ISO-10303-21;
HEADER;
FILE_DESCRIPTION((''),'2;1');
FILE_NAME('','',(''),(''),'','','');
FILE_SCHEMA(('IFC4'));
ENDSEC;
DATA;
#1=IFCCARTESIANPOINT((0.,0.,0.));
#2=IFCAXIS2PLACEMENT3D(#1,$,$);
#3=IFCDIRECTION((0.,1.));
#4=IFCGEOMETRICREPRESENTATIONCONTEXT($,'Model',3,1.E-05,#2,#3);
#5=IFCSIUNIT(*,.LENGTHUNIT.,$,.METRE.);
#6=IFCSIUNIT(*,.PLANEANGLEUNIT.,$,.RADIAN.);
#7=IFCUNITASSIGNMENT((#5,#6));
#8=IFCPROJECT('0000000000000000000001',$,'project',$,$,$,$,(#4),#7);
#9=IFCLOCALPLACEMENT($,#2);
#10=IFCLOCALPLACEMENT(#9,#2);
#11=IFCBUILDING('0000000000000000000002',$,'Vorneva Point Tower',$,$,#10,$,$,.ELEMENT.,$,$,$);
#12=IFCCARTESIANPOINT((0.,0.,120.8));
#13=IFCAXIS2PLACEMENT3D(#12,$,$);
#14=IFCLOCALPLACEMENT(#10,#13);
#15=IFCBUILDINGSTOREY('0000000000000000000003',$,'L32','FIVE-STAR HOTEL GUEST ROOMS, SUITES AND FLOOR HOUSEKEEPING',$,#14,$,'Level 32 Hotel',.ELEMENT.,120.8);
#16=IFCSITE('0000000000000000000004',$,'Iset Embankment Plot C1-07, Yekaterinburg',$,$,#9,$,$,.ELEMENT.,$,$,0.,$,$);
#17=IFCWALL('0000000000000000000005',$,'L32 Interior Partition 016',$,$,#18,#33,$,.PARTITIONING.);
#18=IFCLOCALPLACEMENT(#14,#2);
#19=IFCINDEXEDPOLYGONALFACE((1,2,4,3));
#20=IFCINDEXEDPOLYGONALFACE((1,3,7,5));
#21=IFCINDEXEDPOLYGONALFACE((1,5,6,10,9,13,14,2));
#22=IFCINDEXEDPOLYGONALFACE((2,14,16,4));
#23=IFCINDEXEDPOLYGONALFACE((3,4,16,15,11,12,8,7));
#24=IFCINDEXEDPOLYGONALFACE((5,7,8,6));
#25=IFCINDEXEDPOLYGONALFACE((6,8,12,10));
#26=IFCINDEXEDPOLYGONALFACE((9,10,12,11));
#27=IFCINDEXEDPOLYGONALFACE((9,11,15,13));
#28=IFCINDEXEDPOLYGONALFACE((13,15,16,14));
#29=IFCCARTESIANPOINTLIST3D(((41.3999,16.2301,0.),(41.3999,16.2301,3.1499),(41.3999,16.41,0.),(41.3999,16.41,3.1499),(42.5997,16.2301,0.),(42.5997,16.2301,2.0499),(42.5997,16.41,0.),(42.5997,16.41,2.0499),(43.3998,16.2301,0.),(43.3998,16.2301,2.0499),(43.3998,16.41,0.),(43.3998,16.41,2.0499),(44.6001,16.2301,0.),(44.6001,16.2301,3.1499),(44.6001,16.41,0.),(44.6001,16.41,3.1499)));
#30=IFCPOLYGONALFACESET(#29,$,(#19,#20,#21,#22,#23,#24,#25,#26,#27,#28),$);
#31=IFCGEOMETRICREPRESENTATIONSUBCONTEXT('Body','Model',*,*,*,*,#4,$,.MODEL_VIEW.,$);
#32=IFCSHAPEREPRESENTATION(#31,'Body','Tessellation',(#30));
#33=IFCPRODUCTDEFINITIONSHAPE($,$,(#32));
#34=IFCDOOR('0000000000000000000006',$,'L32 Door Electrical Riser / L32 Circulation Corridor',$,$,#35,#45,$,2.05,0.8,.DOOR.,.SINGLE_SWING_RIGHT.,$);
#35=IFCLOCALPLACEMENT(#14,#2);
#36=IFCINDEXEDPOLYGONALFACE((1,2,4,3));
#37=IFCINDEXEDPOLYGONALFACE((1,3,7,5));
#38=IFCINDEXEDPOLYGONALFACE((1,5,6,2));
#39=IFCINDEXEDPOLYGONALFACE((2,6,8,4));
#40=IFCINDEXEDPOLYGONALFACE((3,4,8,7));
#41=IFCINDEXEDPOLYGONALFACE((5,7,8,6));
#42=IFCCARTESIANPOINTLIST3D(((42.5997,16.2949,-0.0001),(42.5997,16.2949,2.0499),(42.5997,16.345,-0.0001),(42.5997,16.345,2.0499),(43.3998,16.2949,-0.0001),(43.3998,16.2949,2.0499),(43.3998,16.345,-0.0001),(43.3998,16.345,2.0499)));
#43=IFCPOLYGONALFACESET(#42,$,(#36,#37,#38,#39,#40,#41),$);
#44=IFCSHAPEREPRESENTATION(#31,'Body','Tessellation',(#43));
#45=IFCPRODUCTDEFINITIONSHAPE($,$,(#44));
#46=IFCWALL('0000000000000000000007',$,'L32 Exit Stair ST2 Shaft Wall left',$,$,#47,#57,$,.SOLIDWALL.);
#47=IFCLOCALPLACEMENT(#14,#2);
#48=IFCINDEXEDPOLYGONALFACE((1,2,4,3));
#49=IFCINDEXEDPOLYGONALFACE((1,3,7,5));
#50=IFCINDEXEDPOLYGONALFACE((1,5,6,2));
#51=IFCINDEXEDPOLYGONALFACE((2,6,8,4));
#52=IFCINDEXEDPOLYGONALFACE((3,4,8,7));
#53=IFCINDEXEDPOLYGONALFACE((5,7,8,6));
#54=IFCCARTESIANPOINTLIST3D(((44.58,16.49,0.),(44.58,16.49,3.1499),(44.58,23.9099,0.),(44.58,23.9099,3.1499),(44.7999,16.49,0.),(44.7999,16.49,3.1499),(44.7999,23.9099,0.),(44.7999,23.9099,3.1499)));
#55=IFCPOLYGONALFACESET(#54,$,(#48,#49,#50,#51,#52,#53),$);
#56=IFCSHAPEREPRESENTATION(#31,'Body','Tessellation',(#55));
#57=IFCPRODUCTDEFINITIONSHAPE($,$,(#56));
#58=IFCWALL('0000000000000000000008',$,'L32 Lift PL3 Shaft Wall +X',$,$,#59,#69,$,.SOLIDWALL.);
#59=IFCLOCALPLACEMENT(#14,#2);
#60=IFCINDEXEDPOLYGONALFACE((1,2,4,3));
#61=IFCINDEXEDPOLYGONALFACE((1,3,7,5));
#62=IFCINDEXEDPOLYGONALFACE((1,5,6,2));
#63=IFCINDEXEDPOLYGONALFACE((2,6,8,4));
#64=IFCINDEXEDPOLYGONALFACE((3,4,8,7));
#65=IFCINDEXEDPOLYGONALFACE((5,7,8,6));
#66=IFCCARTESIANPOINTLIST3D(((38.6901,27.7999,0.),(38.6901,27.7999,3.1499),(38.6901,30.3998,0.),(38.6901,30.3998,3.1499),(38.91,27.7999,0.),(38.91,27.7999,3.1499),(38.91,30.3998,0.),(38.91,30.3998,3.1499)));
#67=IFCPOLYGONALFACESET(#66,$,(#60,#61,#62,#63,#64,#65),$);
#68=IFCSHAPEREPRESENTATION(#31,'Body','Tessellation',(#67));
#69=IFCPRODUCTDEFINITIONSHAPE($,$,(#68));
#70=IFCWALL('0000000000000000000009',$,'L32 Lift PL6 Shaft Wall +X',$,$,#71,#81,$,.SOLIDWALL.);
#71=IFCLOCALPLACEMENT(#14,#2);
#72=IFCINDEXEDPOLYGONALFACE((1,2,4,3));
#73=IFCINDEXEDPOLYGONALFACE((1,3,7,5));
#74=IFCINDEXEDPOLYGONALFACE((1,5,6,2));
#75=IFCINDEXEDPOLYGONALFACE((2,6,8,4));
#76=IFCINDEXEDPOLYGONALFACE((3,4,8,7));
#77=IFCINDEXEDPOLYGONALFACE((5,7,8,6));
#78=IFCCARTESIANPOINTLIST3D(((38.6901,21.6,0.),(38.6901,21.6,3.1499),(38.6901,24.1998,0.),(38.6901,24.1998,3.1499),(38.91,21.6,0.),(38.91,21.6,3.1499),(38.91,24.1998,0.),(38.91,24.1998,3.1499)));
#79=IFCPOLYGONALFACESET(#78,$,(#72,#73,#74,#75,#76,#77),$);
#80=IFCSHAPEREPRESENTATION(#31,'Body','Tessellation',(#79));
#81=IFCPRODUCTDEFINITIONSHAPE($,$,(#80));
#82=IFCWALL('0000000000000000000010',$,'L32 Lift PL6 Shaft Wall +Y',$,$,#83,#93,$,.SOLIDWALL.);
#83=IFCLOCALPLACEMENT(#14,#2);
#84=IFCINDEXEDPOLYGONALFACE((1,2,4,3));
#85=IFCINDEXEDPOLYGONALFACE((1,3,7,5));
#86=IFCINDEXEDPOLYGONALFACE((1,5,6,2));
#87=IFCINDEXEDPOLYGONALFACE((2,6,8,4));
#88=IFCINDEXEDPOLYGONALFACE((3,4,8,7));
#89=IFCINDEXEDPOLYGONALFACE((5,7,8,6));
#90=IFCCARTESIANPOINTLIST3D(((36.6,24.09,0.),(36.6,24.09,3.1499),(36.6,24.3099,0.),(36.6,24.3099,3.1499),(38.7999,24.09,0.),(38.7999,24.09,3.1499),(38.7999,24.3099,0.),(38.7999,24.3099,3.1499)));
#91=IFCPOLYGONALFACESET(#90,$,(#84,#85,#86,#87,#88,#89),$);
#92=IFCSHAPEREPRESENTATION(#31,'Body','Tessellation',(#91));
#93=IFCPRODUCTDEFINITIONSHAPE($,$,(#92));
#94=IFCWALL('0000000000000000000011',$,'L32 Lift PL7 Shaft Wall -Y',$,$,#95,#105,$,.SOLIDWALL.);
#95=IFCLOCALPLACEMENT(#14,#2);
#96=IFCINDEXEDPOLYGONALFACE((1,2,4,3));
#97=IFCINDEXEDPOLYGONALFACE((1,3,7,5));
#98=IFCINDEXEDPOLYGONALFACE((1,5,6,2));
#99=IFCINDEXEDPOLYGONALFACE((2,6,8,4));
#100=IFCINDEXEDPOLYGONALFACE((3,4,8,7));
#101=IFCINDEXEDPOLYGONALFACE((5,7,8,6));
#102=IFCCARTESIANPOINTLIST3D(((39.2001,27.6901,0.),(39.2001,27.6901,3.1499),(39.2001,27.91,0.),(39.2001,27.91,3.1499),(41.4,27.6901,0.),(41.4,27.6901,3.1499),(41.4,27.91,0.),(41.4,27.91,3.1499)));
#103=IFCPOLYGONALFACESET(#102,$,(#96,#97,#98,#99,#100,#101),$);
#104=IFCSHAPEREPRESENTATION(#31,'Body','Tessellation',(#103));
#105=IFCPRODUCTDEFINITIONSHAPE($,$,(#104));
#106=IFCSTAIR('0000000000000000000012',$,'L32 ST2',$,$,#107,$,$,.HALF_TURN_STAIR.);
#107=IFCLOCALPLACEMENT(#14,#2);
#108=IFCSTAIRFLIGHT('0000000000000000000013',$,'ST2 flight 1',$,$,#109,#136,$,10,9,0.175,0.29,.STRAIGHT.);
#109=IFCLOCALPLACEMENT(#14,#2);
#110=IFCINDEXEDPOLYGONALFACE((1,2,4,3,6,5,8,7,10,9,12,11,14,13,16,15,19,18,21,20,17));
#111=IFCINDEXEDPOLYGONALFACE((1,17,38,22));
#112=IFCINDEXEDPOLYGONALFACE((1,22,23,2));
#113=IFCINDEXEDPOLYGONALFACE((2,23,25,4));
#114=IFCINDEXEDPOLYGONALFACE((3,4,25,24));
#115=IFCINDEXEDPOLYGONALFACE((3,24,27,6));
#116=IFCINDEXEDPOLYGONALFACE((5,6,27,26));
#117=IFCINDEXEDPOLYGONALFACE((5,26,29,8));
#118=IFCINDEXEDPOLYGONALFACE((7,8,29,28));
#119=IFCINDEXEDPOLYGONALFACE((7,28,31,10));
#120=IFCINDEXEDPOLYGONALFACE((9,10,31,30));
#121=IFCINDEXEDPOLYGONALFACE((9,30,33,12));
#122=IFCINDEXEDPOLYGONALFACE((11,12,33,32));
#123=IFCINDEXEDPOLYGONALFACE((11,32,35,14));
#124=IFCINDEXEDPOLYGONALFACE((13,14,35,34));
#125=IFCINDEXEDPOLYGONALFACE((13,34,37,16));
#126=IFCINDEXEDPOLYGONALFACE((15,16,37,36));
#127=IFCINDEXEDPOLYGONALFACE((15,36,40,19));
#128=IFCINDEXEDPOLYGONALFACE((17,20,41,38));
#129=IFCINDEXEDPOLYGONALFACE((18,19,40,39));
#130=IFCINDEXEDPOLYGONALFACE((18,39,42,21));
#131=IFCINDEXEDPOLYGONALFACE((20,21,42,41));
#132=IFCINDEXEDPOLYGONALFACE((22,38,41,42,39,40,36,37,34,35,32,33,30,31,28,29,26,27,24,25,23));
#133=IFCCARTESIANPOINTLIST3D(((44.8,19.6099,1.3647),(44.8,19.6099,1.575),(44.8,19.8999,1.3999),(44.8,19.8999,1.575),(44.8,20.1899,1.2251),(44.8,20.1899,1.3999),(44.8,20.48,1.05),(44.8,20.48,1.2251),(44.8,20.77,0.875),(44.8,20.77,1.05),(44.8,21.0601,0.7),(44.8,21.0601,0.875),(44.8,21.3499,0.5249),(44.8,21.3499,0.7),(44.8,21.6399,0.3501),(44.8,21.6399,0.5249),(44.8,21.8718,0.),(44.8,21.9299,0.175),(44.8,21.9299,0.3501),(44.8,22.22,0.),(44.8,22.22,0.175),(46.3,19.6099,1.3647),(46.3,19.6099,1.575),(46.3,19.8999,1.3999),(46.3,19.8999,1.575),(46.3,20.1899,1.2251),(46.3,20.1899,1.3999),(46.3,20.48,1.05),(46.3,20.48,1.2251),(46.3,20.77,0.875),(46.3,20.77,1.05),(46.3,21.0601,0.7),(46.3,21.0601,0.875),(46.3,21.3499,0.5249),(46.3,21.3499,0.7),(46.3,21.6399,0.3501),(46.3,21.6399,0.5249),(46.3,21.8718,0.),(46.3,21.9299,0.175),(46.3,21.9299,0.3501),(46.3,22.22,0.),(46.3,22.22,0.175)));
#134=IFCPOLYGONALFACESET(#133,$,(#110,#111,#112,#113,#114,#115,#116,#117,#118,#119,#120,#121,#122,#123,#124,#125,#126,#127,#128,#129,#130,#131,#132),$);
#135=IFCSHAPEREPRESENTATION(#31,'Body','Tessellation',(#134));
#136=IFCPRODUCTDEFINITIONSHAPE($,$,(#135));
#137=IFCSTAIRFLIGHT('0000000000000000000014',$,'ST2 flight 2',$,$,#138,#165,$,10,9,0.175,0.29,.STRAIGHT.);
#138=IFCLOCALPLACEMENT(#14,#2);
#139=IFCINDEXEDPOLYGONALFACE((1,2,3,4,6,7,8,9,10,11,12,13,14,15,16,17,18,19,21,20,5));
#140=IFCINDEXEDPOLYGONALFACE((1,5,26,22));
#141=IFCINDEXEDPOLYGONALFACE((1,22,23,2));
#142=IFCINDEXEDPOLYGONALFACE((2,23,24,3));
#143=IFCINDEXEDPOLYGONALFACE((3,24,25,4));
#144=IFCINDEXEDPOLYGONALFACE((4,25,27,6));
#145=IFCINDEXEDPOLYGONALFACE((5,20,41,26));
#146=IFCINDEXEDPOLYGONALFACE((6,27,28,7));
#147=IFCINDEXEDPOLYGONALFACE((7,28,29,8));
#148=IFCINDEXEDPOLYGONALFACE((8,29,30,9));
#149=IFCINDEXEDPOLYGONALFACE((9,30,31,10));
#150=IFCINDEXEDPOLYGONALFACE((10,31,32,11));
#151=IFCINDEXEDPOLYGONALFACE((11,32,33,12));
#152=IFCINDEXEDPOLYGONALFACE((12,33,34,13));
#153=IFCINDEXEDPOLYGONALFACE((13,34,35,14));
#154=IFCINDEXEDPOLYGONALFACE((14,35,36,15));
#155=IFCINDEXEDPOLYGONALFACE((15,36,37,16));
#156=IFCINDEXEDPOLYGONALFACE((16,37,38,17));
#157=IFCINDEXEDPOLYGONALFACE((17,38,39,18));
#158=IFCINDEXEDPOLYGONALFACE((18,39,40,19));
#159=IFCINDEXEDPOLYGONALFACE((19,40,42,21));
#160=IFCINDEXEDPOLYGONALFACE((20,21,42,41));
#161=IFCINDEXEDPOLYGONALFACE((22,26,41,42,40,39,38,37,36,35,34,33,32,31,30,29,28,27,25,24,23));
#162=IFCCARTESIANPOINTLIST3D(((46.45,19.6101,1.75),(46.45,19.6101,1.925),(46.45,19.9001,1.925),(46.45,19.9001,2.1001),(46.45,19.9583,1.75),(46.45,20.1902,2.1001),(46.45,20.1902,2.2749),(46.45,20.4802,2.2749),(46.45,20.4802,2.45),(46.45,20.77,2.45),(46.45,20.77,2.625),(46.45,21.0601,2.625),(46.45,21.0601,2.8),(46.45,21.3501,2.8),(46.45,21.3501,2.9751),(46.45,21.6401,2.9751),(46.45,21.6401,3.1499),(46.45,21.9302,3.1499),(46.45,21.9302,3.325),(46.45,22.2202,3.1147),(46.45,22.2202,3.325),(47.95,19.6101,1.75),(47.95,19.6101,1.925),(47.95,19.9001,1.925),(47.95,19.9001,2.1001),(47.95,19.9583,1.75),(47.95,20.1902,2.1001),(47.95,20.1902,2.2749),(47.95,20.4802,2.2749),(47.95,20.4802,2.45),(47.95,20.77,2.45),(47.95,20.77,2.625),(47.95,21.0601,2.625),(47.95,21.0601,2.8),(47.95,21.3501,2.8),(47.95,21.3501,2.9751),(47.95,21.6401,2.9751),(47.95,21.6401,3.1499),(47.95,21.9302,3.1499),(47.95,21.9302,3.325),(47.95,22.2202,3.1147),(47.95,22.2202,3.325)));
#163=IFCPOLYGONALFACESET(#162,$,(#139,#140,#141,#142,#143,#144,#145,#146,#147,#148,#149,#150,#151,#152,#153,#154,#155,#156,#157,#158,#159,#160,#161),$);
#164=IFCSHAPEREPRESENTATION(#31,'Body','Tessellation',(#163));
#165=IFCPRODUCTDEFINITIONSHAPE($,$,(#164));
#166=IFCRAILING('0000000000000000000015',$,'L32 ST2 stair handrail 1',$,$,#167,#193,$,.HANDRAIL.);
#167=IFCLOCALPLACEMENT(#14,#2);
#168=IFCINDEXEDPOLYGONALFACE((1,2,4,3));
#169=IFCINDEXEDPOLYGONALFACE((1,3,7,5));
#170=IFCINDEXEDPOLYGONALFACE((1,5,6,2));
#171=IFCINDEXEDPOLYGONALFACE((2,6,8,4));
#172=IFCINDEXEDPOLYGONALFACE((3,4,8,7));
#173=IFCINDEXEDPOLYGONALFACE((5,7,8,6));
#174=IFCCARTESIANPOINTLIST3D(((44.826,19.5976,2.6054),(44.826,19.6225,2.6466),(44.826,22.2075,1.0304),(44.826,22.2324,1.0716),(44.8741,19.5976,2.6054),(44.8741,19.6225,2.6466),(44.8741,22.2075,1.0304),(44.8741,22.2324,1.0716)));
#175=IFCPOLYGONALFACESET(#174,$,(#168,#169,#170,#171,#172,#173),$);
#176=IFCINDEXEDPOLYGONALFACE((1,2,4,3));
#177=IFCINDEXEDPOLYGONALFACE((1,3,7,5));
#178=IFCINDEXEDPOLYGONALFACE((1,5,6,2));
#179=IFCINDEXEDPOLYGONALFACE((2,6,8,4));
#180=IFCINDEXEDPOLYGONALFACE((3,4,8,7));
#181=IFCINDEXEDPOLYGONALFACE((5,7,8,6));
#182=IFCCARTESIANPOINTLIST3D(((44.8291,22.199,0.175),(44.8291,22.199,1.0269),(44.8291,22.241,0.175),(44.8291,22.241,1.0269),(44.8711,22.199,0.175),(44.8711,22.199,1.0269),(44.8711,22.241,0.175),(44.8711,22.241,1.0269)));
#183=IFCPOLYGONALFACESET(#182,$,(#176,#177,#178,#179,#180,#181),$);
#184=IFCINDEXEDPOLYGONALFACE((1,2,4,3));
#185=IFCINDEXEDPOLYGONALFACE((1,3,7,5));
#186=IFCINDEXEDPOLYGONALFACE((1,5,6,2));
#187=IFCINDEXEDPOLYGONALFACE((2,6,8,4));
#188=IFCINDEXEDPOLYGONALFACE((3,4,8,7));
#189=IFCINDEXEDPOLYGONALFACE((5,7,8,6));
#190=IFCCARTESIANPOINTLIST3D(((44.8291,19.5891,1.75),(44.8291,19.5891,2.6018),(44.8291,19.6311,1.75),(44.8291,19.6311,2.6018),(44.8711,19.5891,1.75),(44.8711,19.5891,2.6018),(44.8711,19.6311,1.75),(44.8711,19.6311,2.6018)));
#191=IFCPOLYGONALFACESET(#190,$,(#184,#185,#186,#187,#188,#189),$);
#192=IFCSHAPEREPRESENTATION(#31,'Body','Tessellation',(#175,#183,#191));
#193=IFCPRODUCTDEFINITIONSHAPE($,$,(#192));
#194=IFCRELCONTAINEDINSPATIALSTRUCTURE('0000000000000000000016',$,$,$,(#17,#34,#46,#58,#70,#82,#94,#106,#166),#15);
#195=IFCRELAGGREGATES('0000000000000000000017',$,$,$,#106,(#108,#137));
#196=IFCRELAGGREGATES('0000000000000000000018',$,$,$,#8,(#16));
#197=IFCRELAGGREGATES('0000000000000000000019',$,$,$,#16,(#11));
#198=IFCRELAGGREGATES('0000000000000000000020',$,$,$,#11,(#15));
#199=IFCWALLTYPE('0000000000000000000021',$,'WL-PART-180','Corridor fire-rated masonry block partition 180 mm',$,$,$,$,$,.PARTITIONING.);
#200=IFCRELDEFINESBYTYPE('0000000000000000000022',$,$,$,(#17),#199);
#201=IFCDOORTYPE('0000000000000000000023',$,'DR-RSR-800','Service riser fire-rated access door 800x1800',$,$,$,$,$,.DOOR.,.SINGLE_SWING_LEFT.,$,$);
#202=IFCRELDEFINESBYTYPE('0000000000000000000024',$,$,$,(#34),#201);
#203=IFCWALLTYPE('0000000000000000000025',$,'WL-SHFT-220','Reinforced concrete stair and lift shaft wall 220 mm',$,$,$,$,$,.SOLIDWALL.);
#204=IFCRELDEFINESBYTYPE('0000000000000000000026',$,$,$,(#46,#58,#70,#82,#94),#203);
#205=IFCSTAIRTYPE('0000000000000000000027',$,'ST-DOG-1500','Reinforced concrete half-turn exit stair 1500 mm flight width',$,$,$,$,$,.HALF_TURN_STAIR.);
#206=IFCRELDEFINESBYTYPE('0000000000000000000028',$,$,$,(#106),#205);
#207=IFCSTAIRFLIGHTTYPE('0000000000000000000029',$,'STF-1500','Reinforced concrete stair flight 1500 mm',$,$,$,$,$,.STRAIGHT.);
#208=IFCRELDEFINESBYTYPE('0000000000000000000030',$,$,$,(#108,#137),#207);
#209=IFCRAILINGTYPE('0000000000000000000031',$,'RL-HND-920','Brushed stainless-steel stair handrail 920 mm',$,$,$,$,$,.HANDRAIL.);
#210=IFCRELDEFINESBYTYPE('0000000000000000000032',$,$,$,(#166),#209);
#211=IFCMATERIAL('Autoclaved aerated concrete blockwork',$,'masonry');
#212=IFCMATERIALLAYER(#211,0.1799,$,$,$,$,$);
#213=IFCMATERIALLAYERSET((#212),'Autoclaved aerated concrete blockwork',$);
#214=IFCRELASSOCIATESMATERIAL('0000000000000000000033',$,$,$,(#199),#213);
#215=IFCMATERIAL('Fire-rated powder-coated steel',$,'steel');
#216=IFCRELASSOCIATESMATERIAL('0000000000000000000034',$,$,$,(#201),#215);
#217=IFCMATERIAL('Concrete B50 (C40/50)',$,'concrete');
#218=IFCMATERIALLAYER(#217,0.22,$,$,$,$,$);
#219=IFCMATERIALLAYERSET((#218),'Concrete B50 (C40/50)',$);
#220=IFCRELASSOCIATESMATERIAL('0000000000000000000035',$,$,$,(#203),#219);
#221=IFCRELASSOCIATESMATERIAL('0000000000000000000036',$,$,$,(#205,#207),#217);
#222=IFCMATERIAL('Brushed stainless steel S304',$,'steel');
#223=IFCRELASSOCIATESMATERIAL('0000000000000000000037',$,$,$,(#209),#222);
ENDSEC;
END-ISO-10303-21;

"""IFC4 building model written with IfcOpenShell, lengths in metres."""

from ifc_helpers import new_model, si_unit, direction, frame, frame_2d, origin, origin_2d, place, context, subcontext, project, spatial, polyline, rectangle, outline, extrude, material, layer, layer_set, type_object, element, fill, aggregate, save


model = new_model("IFC4")

# Units and contexts
model_context = context("Model", 3, precision=1e-05, world=origin(), true_north=direction((0.0, 1.0)))
body_context = subcontext(model_context, "Body", "Model", "MODEL_VIEW")
ifc_project = project(units=[si_unit("LENGTHUNIT", "METRE"), si_unit("PLANEANGLEUNIT", "RADIAN")], contexts=[model_context])

# Site, building, storey
site_placement = place(None, origin())
site = spatial("IfcSite", under=ifc_project, at=site_placement, Name="Iset Embankment Plot C1-07, Yekaterinburg", CompositionType="ELEMENT", RefElevation=0.0)
building_placement = place(site_placement, origin())
building = spatial("IfcBuilding", under=site, at=building_placement, Name="Vorneva Point Tower", CompositionType="ELEMENT")
storey_placement = place(building_placement, frame((0.0, 0.0, 120.8)))
storey = spatial("IfcBuildingStorey", under=building, at=storey_placement, Name="L32", Description="FIVE-STAR HOTEL GUEST ROOMS, SUITES AND FLOOR HOUSEKEEPING", LongName="Level 32 Hotel", CompositionType="ELEMENT", Elevation=120.8)

# Shared definitions
ifc_material_1 = material(Name="Autoclaved aerated concrete blockwork", Category="masonry")
ifc_layer_1 = layer(ifc_material_1, 0.1799)
ifc_layer_set_1 = layer_set([ifc_layer_1], Name="Autoclaved aerated concrete blockwork")
wall_type_1 = type_object("IfcWallType", Name="WL-PART-180", Description="Corridor fire-rated masonry block partition 180 mm", PredefinedType="PARTITIONING", material=ifc_layer_set_1)

# Wall, opening, door
ifc_material_2 = material(Name="Fire-rated powder-coated steel", Category="steel")
door_type_1 = type_object("IfcDoorType", Name="DR-RSR-800", Description="Service riser fire-rated access door 800x1800", OperationType="SINGLE_SWING_LEFT", PredefinedType="DOOR", material=ifc_material_2)
wall_1_placement = place(storey_placement, frame((41.3999, 16.3201, 0.0), z_axis=(0.0, 0.0, 1.0), x_axis=(1.0, 0.0, 0.0)))
wall_1 = element("IfcWall", 1, at=wall_1_placement, inside=storey, type_object=wall_type_1, Name="L32 Interior Partition 016", PredefinedType="PARTITIONING", context=body_context, shape_type="SweptSolid", body=[
    extrude(rectangle(XDim=3.2002, YDim=0.1799, at=frame_2d((1.6001, 0.0))), origin(), (0.0, 0.0, 1.0), 3.1499),
])
opening_1_placement = place(wall_1_placement, frame((1.2, 0.0, 0.0)))
opening_1 = element("IfcOpeningElement", 2, at=opening_1_placement, cuts=wall_1, PredefinedType="OPENING", context=body_context, shape_type="SweptSolid", body=[
    extrude(rectangle(XDim=0.8, YDim=2.05, at=frame_2d((0.3999, 1.0249))), frame((0.0, 0.105, 0.0), z_axis=(0.0, -1.0, 0.0), x_axis=(1.0, 0.0, 0.0)), (0.0, 0.0, 1.0), 0.2097),
])
door_1_placement = place(opening_1_placement, origin())
door_1 = element("IfcDoor", 3, at=door_1_placement, inside=storey, type_object=door_type_1, Name="L32 Door Electrical Riser / L32 Circulation Corridor", OperationType="SINGLE_SWING_RIGHT", OverallHeight=2.05, OverallWidth=0.8, PredefinedType="DOOR", context=body_context, shape_type="SweptSolid", body=[
    extrude(rectangle(XDim=0.8, YDim=2.05, at=frame_2d((0.3999, 1.0249))), frame((0.0, 0.0249, 0.0), z_axis=(0.0, -1.0, 0.0), x_axis=(1.0, 0.0, 0.0)), (0.0, 0.0, 1.0), 0.05),
])
fill(opening_1, door_1)
ifc_material_3 = material(Name="Concrete B50 (C40/50)", Category="concrete")
ifc_layer_2 = layer(ifc_material_3, 0.22)
ifc_layer_set_2 = layer_set([ifc_layer_2], Name="Concrete B50 (C40/50)")
wall_type_2 = type_object("IfcWallType", Name="WL-SHFT-220", Description="Reinforced concrete stair and lift shaft wall 220 mm", PredefinedType="SOLIDWALL", material=ifc_layer_set_2)

# Walls
wall_2_placement = place(storey_placement, frame((44.6899, 16.49, 0.0), z_axis=(0.0, 0.0, 1.0), x_axis=(0.0, 1.0, 0.0)))
element("IfcWall", 4, at=wall_2_placement, inside=storey, type_object=wall_type_2, Name="L32 Exit Stair ST2 Shaft Wall left", PredefinedType="SOLIDWALL", context=body_context, shape_type="SweptSolid", body=[
    extrude(rectangle(XDim=7.4199, YDim=0.22, at=frame_2d((3.71, 0.0))), origin(), (0.0, 0.0, 1.0), 3.1499),
])
for number, where, z_axis, x_axis, name in (
    (5, (38.8, 27.8, 0.0), (0.0, 0.0, 1.0), (0.0, 1.0, 0.0), "L32 Lift PL3 Shaft Wall +X"),
    (6, (38.8, 21.6001, 0.0), (0.0, 0.0, 1.0), (0.0, 1.0, 0.0), "L32 Lift PL6 Shaft Wall +X"),
):
    element("IfcWall", number, at=place(storey_placement, frame(where, z_axis=z_axis, x_axis=x_axis)), inside=storey, type_object=wall_type_2, Name=name, PredefinedType="SOLIDWALL", context=body_context, shape_type="SweptSolid", body=[
        extrude(rectangle(XDim=2.5999, YDim=0.22, at=frame_2d((1.2998, 0.0))), origin(), (0.0, 0.0, 1.0), 3.1499),
    ])
for number, where, z_axis, x_axis, name in (
    (7, (38.8, 24.2, 0.0), (0.0, 0.0, 1.0), (-1.0, 0.0, 0.0), "L32 Lift PL6 Shaft Wall +Y"),
    (8, (39.2, 27.8, 0.0), (0.0, 0.0, 1.0), (1.0, 0.0, 0.0), "L32 Lift PL7 Shaft Wall -Y"),
):
    element("IfcWall", number, at=place(storey_placement, frame(where, z_axis=z_axis, x_axis=x_axis)), inside=storey, type_object=wall_type_2, Name=name, PredefinedType="SOLIDWALL", context=body_context, shape_type="SweptSolid", body=[
        extrude(rectangle(XDim=2.2, YDim=0.22, at=frame_2d((1.1001, 0.0))), origin(), (0.0, 0.0, 1.0), 3.1499),
    ])

# Stair, stair flights
stair_type = type_object("IfcStairType", Name="ST-DOG-1500", Description="Reinforced concrete half-turn exit stair 1500 mm flight width", PredefinedType="HALF_TURN_STAIR", material=ifc_material_3)
stair_placement = place(storey_placement, origin())
stair = element("IfcStair", 9, at=stair_placement, inside=storey, type_object=stair_type, Name="L32 ST2", PredefinedType="HALF_TURN_STAIR")
stair_flight_type = type_object("IfcStairFlightType", Name="STF-1500", Description="Reinforced concrete stair flight 1500 mm", PredefinedType="STRAIGHT", material=ifc_material_3)
stair_flight_1_placement = place(storey_placement, frame((45.55, 22.22, 0.0), z_axis=(0.0, 0.0, 1.0), x_axis=(0.0, -1.0, 0.0)))
stair_flight_1 = element("IfcStairFlight", 10, at=stair_flight_1_placement, type_object=stair_flight_type, Name="ST2 flight 1", NumberOfRisers=10, NumberOfTreads=9, PredefinedType="STRAIGHT", RiserHeight=0.175, TreadLength=0.29, context=body_context, shape_type="SweptSolid", body=[
    extrude(outline(polyline([(0.0, 0.0), (0.0, 0.175), (0.29, 0.175), (0.29, 0.3501), (0.5801, 0.3501), (0.5801, 0.5249), (0.8701, 0.5249), (0.8701, 0.7), (1.1599, 0.7), (1.1599, 0.875), (1.45, 0.875), (1.45, 1.05), (1.74, 1.05), (1.74, 1.2251), (2.03, 1.2251), (2.03, 1.3999), (2.3201, 1.3999), (2.3201, 1.575), (2.6101, 1.575), (2.6101, 1.75), (2.6101, 1.3647), (0.3481, 0.0), (0.0, 0.0)])), frame((0.0, 0.75, 0.0), z_axis=(0.0, -1.0, 0.0), x_axis=(1.0, 0.0, 0.0)), (0.0, 0.0, 1.0), 1.5),
])
stair_flight_2_placement = place(storey_placement, frame((47.2, 19.6101, 1.75), z_axis=(0.0, 0.0, 1.0), x_axis=(0.0, 1.0, 0.0)))
stair_flight_2 = element("IfcStairFlight", 11, at=stair_flight_2_placement, type_object=stair_flight_type, Name="ST2 flight 2", NumberOfRisers=10, NumberOfTreads=9, PredefinedType="STRAIGHT", RiserHeight=0.175, TreadLength=0.29, context=body_context, shape_type="SweptSolid", body=[
    extrude(outline(polyline([(0.0, 0.0), (0.0, 0.175), (0.29, 0.175), (0.29, 0.3501), (0.5801, 0.3501), (0.5801, 0.5249), (0.8701, 0.5249), (0.8701, 0.7), (1.1599, 0.7), (1.1599, 0.875), (1.45, 0.875), (1.45, 1.05), (1.74, 1.05), (1.74, 1.2251), (2.03, 1.2251), (2.03, 1.3999), (2.3201, 1.3999), (2.3201, 1.575), (2.6101, 1.575), (2.6101, 1.75), (2.6101, 1.3647), (0.3481, 0.0), (0.0, 0.0)])), frame((0.0, 0.75, 0.0), z_axis=(0.0, -1.0, 0.0), x_axis=(1.0, 0.0, 0.0)), (0.0, 0.0, 1.0), 1.5),
])
aggregate(stair, [stair_flight_1, stair_flight_2])

# Railing
ifc_material_4 = material(Name="Brushed stainless steel S304", Category="steel")
railing_type_1 = type_object("IfcRailingType", Name="RL-HND-920", Description="Brushed stainless-steel stair handrail 920 mm", PredefinedType="HANDRAIL", material=ifc_material_4)
railing_1_placement = place(storey_placement, frame((44.8501, 22.22, 0.175)))
element("IfcRailing", 12, at=railing_1_placement, inside=storey, type_object=railing_type_1, Name="L32 ST2 stair handrail 1", PredefinedType="HANDRAIL", context=body_context, shape_type="SweptSolid", body=[
    extrude(rectangle(XDim=0.0481, YDim=0.0481, at=origin_2d()), frame((0.0, 0.0, 0.876), z_axis=(0.0, -0.856183, 0.516673), x_axis=(1.0, 0.0, 0.0)), (0.0, 0.0, 1.0), 3.0483),
    extrude(rectangle(XDim=0.042, YDim=0.042, at=origin_2d()), origin(), (0.0, 0.0, 1.0), 0.8518),
    extrude(rectangle(XDim=0.042, YDim=0.042, at=origin_2d()), frame((0.0, -2.6099, 1.575)), (0.0, 0.0, 1.0), 0.8518),
])

save(model, "model.ifc")
